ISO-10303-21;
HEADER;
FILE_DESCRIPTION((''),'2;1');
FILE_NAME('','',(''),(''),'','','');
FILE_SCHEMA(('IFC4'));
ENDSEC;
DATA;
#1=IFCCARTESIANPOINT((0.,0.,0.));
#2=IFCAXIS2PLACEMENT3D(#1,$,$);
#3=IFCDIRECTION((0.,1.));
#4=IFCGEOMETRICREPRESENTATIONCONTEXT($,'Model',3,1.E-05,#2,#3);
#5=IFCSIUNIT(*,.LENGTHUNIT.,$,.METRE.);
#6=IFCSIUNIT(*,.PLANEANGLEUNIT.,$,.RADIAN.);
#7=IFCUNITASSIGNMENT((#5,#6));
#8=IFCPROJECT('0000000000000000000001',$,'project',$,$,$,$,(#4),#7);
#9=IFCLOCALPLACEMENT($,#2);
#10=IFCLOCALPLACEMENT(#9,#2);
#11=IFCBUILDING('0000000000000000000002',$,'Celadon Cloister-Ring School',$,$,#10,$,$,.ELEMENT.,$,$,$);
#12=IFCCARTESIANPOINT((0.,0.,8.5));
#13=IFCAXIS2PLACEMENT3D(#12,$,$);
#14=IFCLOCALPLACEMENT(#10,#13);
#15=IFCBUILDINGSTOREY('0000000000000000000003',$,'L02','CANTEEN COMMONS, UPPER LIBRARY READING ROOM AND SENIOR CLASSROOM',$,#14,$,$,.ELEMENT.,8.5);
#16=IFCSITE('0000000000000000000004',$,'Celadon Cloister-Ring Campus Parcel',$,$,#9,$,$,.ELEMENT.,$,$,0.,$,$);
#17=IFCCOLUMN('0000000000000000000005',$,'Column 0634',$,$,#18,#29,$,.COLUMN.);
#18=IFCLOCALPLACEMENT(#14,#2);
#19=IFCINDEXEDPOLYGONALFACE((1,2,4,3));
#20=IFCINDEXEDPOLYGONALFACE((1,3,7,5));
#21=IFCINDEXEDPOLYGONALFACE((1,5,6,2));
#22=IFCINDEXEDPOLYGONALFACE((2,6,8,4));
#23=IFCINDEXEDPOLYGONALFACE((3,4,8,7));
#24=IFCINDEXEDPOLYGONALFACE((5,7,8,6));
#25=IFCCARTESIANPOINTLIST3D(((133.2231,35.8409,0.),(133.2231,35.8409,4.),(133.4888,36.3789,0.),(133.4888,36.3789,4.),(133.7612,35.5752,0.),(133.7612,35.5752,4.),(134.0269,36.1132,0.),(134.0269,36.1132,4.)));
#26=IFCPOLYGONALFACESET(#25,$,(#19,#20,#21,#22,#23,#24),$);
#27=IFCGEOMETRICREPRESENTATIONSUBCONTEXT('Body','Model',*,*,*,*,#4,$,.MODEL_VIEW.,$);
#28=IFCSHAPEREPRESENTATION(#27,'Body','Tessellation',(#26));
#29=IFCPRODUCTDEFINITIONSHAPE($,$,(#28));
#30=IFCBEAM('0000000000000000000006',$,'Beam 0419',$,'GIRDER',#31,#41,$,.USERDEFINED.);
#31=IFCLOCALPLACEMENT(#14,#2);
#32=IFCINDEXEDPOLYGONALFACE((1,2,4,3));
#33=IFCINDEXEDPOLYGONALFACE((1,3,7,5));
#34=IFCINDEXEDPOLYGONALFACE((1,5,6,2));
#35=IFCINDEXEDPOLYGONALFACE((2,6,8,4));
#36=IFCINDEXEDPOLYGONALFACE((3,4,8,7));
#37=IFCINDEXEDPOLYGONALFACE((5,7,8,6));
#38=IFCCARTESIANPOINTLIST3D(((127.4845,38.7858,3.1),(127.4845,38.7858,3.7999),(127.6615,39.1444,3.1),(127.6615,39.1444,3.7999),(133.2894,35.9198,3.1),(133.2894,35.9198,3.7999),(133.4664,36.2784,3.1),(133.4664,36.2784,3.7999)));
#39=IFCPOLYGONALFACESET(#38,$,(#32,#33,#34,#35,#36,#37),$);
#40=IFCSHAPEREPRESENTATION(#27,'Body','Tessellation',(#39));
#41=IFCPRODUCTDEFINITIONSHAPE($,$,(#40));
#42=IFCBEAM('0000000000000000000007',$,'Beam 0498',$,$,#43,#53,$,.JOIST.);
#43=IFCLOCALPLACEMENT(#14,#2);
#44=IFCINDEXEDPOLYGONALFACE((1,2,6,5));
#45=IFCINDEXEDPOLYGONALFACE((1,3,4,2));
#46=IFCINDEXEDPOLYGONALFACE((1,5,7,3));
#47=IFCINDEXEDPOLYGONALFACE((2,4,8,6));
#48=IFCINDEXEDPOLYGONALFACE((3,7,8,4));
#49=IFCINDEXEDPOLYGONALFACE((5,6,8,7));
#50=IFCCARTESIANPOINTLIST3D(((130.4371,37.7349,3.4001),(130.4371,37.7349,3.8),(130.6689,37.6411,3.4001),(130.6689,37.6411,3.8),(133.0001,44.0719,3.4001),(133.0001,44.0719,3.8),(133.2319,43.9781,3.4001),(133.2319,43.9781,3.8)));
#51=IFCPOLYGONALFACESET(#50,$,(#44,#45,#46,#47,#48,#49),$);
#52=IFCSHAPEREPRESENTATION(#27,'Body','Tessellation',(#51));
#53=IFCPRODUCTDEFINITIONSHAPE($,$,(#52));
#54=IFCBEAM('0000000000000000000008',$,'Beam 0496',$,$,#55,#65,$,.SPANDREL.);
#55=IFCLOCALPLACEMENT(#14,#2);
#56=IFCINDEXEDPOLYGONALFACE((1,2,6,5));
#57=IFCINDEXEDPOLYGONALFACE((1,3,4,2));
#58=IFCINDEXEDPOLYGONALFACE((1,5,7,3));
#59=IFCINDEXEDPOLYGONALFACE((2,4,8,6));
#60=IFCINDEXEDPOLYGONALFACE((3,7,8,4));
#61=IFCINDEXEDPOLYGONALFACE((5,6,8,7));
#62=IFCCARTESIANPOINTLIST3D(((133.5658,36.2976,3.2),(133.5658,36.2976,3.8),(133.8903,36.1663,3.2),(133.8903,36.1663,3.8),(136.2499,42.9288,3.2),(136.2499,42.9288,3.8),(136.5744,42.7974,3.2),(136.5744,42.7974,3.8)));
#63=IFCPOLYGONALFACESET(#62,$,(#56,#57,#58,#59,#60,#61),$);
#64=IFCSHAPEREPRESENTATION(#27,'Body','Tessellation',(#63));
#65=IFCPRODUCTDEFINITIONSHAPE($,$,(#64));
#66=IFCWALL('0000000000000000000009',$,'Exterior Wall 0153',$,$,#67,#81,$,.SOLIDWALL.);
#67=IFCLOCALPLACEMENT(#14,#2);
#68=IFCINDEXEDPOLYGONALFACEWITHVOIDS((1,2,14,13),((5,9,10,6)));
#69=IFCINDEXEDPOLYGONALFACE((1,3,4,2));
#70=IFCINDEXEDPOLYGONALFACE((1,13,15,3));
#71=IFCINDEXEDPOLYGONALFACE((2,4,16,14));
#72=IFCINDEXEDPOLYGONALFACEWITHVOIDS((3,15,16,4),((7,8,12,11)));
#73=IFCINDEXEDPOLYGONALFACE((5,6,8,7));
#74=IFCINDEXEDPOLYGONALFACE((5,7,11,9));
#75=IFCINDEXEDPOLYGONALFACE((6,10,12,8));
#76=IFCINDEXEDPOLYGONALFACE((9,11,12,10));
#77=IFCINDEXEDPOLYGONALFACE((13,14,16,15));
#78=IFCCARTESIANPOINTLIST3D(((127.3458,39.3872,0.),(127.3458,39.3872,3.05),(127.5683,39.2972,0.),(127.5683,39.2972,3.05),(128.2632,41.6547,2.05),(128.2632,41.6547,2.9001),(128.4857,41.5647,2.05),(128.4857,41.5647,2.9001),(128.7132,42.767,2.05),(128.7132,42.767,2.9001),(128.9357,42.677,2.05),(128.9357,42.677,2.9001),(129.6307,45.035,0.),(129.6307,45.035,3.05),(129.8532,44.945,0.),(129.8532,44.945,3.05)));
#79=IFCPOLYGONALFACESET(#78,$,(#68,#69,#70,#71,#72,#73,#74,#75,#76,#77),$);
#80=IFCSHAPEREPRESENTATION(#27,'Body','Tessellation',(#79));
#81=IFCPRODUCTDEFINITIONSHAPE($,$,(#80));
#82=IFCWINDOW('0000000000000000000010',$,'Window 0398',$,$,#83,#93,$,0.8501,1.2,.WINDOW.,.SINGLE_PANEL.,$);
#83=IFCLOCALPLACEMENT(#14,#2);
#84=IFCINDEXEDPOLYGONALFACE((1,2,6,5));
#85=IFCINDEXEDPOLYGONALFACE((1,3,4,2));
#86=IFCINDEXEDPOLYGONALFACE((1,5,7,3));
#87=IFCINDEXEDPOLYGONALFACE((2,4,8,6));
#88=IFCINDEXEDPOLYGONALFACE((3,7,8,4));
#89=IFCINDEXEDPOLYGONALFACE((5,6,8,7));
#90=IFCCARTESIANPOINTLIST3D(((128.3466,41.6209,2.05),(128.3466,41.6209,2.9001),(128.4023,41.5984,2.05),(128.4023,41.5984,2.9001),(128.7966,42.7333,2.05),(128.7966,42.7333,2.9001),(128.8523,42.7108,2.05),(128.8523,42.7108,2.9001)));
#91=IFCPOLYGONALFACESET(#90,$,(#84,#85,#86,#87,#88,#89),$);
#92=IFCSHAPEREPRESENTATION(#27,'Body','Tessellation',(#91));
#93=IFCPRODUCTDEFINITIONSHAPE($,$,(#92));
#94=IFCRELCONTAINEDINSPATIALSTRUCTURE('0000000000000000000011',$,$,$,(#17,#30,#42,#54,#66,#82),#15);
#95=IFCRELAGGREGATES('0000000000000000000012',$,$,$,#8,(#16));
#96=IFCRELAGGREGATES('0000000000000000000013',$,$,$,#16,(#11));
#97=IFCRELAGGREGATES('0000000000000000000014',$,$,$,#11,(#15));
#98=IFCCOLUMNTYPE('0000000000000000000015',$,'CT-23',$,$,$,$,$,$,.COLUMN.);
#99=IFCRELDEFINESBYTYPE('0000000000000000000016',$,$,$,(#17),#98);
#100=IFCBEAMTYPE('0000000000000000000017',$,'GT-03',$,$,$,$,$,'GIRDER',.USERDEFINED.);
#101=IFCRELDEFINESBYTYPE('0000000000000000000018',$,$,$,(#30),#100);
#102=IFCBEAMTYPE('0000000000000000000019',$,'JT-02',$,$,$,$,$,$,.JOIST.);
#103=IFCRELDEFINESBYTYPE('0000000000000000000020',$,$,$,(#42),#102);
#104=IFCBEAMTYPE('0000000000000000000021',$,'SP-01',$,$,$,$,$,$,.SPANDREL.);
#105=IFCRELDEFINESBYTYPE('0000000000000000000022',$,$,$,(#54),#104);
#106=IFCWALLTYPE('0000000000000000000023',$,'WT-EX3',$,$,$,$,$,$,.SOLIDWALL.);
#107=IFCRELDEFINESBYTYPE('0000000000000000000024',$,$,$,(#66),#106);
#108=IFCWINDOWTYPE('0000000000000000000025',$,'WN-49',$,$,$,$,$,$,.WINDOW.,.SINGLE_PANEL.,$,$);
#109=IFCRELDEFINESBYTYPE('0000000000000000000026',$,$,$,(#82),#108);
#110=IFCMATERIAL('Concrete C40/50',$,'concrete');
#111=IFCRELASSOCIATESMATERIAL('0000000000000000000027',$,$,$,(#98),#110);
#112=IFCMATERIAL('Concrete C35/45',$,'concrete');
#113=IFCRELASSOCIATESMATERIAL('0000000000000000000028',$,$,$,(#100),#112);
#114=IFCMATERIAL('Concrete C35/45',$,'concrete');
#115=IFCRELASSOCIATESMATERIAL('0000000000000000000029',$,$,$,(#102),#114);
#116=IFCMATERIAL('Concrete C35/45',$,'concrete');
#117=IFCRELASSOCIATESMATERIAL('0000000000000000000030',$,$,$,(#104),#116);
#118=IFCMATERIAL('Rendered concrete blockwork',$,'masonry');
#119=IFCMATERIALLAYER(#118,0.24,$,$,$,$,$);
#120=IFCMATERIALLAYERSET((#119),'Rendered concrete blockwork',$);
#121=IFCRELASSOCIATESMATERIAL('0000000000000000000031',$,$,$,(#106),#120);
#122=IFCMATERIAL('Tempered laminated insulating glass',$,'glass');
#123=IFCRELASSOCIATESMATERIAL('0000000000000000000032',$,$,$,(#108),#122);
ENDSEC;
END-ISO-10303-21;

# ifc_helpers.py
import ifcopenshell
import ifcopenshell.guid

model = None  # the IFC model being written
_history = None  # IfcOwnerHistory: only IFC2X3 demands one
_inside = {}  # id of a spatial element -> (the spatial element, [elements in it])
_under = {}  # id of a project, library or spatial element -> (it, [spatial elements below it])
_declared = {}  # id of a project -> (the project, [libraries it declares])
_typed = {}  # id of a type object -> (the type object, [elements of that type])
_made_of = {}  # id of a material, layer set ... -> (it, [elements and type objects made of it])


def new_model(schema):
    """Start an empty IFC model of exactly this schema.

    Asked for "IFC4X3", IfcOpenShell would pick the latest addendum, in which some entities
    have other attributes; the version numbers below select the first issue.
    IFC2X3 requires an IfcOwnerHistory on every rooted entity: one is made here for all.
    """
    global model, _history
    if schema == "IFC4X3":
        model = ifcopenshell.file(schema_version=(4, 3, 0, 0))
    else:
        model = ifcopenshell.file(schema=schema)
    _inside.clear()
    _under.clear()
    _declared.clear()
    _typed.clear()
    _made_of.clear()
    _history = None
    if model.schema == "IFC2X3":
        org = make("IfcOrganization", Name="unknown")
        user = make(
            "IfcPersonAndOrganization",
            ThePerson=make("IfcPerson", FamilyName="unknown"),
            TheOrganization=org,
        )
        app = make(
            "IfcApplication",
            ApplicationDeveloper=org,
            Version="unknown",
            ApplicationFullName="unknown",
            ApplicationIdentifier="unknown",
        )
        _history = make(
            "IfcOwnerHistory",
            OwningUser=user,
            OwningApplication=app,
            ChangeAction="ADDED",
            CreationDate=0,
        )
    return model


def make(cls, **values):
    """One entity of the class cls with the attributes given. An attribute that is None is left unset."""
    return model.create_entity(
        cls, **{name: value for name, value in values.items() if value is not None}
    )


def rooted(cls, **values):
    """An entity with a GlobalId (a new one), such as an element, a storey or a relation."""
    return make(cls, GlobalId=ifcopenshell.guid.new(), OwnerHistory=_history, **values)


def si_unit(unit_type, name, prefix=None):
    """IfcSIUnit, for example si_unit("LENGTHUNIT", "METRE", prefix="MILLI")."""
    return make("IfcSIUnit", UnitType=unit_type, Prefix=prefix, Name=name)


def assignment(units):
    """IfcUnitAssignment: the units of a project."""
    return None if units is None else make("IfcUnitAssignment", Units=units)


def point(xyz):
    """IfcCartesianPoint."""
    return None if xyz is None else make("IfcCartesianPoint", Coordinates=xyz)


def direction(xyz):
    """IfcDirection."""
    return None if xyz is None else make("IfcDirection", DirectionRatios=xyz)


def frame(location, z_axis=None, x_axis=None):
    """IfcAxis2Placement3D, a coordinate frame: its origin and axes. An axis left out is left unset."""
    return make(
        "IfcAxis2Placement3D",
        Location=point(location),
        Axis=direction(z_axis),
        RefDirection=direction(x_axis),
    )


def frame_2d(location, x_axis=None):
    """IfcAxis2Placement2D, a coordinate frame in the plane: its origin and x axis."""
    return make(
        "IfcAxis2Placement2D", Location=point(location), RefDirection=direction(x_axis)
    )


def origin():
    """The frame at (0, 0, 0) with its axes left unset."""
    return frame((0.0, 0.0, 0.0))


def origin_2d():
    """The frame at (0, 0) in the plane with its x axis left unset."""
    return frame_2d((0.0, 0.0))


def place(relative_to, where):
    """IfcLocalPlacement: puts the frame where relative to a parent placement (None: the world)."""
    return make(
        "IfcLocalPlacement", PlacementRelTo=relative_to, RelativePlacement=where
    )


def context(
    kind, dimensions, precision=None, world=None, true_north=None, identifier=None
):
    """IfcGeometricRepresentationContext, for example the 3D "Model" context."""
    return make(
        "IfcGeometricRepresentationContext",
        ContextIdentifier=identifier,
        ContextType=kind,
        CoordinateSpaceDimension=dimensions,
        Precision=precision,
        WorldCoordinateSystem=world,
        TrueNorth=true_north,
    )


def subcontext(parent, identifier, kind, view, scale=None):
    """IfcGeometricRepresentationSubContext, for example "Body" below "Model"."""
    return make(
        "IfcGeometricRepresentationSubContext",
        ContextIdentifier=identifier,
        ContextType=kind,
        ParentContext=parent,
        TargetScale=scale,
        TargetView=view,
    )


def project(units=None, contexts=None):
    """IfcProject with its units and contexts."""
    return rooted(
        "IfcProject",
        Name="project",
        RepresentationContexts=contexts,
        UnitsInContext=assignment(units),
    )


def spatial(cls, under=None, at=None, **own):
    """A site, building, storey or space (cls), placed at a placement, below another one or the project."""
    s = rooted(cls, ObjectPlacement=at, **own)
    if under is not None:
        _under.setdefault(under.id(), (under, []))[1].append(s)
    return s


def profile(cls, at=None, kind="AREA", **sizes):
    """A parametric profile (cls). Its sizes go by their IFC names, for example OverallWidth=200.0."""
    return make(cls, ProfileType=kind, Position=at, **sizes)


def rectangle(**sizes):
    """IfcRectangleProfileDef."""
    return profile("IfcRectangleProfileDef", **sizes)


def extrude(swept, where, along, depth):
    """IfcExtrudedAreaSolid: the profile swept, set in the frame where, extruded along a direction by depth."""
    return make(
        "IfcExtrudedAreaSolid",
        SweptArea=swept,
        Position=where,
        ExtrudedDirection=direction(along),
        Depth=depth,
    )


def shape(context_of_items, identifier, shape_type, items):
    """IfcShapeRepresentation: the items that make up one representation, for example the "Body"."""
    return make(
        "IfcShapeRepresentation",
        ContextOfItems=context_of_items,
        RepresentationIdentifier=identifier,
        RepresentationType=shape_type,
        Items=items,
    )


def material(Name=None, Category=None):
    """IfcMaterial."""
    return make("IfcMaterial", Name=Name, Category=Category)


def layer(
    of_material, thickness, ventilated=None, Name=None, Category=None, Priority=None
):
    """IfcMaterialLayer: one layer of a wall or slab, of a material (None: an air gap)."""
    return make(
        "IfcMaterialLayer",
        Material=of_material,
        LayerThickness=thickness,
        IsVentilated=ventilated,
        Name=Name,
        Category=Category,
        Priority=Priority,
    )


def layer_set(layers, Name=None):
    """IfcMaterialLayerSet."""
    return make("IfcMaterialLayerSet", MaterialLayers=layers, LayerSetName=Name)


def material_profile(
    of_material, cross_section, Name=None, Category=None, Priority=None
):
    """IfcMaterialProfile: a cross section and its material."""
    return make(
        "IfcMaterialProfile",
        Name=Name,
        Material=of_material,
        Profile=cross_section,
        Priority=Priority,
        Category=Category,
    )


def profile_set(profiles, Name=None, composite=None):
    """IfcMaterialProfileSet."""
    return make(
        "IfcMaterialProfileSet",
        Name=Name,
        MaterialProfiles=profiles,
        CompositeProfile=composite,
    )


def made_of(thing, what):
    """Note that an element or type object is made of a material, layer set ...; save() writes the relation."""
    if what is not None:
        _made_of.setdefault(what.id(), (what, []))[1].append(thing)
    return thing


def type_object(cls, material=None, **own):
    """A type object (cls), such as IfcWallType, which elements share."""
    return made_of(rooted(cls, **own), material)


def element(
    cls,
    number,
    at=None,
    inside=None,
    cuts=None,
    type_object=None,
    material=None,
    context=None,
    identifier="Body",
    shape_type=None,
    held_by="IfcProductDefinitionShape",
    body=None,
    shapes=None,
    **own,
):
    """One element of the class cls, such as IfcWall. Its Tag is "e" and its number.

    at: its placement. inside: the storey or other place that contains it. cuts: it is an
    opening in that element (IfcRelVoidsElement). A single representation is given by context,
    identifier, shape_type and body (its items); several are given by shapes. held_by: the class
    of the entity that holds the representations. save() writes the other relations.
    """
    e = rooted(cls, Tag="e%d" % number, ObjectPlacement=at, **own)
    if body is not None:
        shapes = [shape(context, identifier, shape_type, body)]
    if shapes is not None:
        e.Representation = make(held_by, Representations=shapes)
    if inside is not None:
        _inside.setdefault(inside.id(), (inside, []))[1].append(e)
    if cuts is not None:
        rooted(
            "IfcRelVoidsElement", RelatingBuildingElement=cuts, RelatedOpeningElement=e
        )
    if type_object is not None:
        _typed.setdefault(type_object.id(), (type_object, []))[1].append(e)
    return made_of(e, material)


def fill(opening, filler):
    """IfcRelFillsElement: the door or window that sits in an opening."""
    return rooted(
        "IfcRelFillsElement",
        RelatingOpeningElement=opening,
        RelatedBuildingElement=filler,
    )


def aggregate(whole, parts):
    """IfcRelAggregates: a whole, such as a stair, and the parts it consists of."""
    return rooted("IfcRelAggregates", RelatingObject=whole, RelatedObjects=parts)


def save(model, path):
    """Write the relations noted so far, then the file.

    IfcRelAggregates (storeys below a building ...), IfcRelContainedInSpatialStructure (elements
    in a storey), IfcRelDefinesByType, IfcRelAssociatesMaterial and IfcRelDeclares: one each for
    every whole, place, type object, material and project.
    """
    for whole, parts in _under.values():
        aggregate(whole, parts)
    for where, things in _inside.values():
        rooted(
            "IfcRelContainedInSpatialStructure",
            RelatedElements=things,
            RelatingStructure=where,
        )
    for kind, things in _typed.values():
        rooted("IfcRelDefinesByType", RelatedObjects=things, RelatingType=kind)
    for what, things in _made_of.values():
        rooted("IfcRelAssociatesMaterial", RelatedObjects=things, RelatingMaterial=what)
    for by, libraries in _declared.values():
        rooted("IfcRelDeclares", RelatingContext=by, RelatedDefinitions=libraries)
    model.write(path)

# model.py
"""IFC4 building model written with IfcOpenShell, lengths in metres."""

from ifc_helpers import new_model, si_unit, direction, frame, frame_2d, origin, origin_2d, place, context, subcontext, project, spatial, rectangle, extrude, material, layer, layer_set, material_profile, profile_set, type_object, element, fill, save


model = new_model("IFC4")

# Units and contexts
model_context = context("Model", 3, precision=1e-05, world=origin(), true_north=direction((0.0, 1.0)))
body_context = subcontext(model_context, "Body", "Model", "MODEL_VIEW")
ifc_project = project(units=[si_unit("LENGTHUNIT", "METRE"), si_unit("PLANEANGLEUNIT", "RADIAN")], contexts=[model_context])

# Site, building, storey
site_placement = place(None, origin())
site = spatial("IfcSite", under=ifc_project, at=site_placement, Name="Celadon Cloister-Ring Campus Parcel", CompositionType="ELEMENT", RefElevation=0.0)
building_placement = place(site_placement, origin())
building = spatial("IfcBuilding", under=site, at=building_placement, Name="Celadon Cloister-Ring School", CompositionType="ELEMENT")
storey_placement = place(building_placement, frame((0.0, 0.0, 8.5)))
storey = spatial("IfcBuildingStorey", under=building, at=storey_placement, Name="L02", Description="CANTEEN COMMONS, UPPER LIBRARY READING ROOM AND SENIOR CLASSROOM", CompositionType="ELEMENT", Elevation=8.5)

# Column
ifc_material_1 = material(Name="Concrete C40/50", Category="concrete")
ifc_material_profile_1 = material_profile(ifc_material_1, rectangle(XDim=0.6001, YDim=0.6001, at=origin_2d()), Name="RC600X600")
ifc_profile_set_1 = profile_set([ifc_material_profile_1], Name="Concrete C40/50")
column_type = type_object("IfcColumnType", Name="CT-23", PredefinedType="COLUMN", material=ifc_profile_set_1)
column_placement = place(storey_placement, frame((133.625, 35.9771, 0.0), z_axis=(0.0, 0.0, 1.0), x_axis=(0.896641, -0.442758, 0.0)))
element("IfcColumn", 1, at=column_placement, inside=storey, type_object=column_type, Name="Column 0634", PredefinedType="COLUMN", context=body_context, shape_type="SweptSolid", body=[
    extrude(rectangle(XDim=0.6001, YDim=0.6001, at=origin_2d()), origin(), (0.0, 0.0, 1.0), 4.0),
])

# Beams
ifc_material_2 = material(Name="Concrete C35/45", Category="concrete")
ifc_material_profile_2 = material_profile(ifc_material_2, rectangle(XDim=0.3999, YDim=0.7, at=origin_2d()), Name="RC400X700")
ifc_profile_set_2 = profile_set([ifc_material_profile_2], Name="Concrete C35/45")
beam_type_1 = type_object("IfcBeamType", Name="GT-03", ElementType="GIRDER", PredefinedType="USERDEFINED", material=ifc_profile_set_2)
beam_1_placement = place(storey_placement, frame((133.3779, 36.0991, 3.45), z_axis=(-0.896671, 0.442698, 0.0), x_axis=(-0.442698, -0.896671, 0.0)))
element("IfcBeam", 2, at=beam_1_placement, inside=storey, type_object=beam_type_1, Name="Beam 0419", ObjectType="GIRDER", PredefinedType="USERDEFINED", context=body_context, shape_type="SweptSolid", body=[
    extrude(rectangle(XDim=0.3999, YDim=0.7, at=origin_2d()), origin(), (0.0, 0.0, 1.0), 6.4739),
])
ifc_material_3 = material(Name="Concrete C35/45", Category="concrete")
ifc_material_profile_3 = material_profile(ifc_material_3, rectangle(XDim=0.25, YDim=0.3999, at=origin_2d()), Name="RC250X400")
ifc_profile_set_3 = profile_set([ifc_material_profile_3], Name="Concrete C35/45")
beam_type_2 = type_object("IfcBeamType", Name="JT-02", PredefinedType="JOIST", material=ifc_profile_set_3)
beam_2_placement = place(storey_placement, frame((130.553, 37.688, 3.6001), z_axis=(0.374947, 0.927046, 0.0), x_axis=(-0.927046, 0.374947, 0.0)))
element("IfcBeam", 3, at=beam_2_placement, inside=storey, type_object=beam_type_2, Name="Beam 0498", PredefinedType="JOIST", context=body_context, shape_type="SweptSolid", body=[
    extrude(rectangle(XDim=0.25, YDim=0.3999, at=origin_2d()), origin(), (0.0, 0.0, 1.0), 6.8357),
])
ifc_material_4 = material(Name="Concrete C35/45", Category="concrete")
ifc_material_profile_4 = material_profile(ifc_material_4, rectangle(XDim=0.3501, YDim=0.6001, at=origin_2d()), Name="RC350X600")
ifc_profile_set_4 = profile_set([ifc_material_profile_4], Name="Concrete C35/45")
beam_type_3 = type_object("IfcBeamType", Name="SP-01", PredefinedType="SPANDREL", material=ifc_profile_set_4)
beam_3_placement = place(storey_placement, frame((133.728, 36.2319, 3.5), z_axis=(0.3752, 0.926944, 0.0), x_axis=(-0.926944, 0.3752, 0.0)))
element("IfcBeam", 4, at=beam_3_placement, inside=storey, type_object=beam_type_3, Name="Beam 0496", PredefinedType="SPANDREL", context=body_context, shape_type="SweptSolid", body=[
    extrude(rectangle(XDim=0.3501, YDim=0.6001, at=origin_2d()), origin(), (0.0, 0.0, 1.0), 7.1538),
])

# Wall, opening, window
ifc_material_5 = material(Name="Rendered concrete blockwork", Category="masonry")
ifc_layer_1 = layer(ifc_material_5, 0.24)
ifc_layer_set_1 = layer_set([ifc_layer_1], Name="Rendered concrete blockwork")
wall_type_1 = type_object("IfcWallType", Name="WT-EX3", PredefinedType="SOLIDWALL", material=ifc_layer_set_1)
wall_1_placement = place(storey_placement, frame((127.457, 39.342, 0.0), z_axis=(0.0, 0.0, 1.0), x_axis=(0.375029, 0.927013, 0.0)))
wall_1 = element("IfcWall", 5, at=wall_1_placement, inside=storey, type_object=wall_type_1, Name="Exterior Wall 0153", PredefinedType="SOLIDWALL", context=body_context, shape_type="SweptSolid", body=[
    extrude(rectangle(XDim=6.0925, YDim=0.24, at=frame_2d((3.0464, 0.0))), origin(), (0.0, 0.0, 1.0), 3.05),
])
opening_1_placement = place(wall_1_placement, frame((2.446, 0.0, 2.05)))
opening_1 = element("IfcOpeningElement", 6, at=opening_1_placement, cuts=wall_1, PredefinedType="OPENING", context=body_context, shape_type="SweptSolid", body=[
    extrude(rectangle(XDim=1.2, YDim=0.8501, at=frame_2d((0.6001, 0.425))), frame((0.0, 0.1299, 0.0), z_axis=(0.0, -1.0, 0.0), x_axis=(1.0, 0.0, 0.0)), (0.0, 0.0, 1.0), 0.26),
])
ifc_material_6 = material(Name="Tempered laminated insulating glass", Category="glass")
window_type_1 = type_object("IfcWindowType", Name="WN-49", PartitioningType="SINGLE_PANEL", PredefinedType="WINDOW", material=ifc_material_6)
window_1_placement = place(opening_1_placement, origin())
window_1 = element("IfcWindow", 7, at=window_1_placement, inside=storey, type_object=window_type_1, Name="Window 0398", OverallHeight=0.8501, OverallWidth=1.2, PartitioningType="SINGLE_PANEL", PredefinedType="WINDOW", context=body_context, shape_type="SweptSolid", body=[
    extrude(rectangle(XDim=1.2, YDim=0.8501, at=frame_2d((0.6001, 0.425))), frame((0.0, 0.03, 0.0), z_axis=(0.0, -1.0, 0.0), x_axis=(1.0, 0.0, 0.0)), (0.0, 0.0, 1.0), 0.0601),
])
fill(opening_1, window_1)

save(model, "model.ifc")
